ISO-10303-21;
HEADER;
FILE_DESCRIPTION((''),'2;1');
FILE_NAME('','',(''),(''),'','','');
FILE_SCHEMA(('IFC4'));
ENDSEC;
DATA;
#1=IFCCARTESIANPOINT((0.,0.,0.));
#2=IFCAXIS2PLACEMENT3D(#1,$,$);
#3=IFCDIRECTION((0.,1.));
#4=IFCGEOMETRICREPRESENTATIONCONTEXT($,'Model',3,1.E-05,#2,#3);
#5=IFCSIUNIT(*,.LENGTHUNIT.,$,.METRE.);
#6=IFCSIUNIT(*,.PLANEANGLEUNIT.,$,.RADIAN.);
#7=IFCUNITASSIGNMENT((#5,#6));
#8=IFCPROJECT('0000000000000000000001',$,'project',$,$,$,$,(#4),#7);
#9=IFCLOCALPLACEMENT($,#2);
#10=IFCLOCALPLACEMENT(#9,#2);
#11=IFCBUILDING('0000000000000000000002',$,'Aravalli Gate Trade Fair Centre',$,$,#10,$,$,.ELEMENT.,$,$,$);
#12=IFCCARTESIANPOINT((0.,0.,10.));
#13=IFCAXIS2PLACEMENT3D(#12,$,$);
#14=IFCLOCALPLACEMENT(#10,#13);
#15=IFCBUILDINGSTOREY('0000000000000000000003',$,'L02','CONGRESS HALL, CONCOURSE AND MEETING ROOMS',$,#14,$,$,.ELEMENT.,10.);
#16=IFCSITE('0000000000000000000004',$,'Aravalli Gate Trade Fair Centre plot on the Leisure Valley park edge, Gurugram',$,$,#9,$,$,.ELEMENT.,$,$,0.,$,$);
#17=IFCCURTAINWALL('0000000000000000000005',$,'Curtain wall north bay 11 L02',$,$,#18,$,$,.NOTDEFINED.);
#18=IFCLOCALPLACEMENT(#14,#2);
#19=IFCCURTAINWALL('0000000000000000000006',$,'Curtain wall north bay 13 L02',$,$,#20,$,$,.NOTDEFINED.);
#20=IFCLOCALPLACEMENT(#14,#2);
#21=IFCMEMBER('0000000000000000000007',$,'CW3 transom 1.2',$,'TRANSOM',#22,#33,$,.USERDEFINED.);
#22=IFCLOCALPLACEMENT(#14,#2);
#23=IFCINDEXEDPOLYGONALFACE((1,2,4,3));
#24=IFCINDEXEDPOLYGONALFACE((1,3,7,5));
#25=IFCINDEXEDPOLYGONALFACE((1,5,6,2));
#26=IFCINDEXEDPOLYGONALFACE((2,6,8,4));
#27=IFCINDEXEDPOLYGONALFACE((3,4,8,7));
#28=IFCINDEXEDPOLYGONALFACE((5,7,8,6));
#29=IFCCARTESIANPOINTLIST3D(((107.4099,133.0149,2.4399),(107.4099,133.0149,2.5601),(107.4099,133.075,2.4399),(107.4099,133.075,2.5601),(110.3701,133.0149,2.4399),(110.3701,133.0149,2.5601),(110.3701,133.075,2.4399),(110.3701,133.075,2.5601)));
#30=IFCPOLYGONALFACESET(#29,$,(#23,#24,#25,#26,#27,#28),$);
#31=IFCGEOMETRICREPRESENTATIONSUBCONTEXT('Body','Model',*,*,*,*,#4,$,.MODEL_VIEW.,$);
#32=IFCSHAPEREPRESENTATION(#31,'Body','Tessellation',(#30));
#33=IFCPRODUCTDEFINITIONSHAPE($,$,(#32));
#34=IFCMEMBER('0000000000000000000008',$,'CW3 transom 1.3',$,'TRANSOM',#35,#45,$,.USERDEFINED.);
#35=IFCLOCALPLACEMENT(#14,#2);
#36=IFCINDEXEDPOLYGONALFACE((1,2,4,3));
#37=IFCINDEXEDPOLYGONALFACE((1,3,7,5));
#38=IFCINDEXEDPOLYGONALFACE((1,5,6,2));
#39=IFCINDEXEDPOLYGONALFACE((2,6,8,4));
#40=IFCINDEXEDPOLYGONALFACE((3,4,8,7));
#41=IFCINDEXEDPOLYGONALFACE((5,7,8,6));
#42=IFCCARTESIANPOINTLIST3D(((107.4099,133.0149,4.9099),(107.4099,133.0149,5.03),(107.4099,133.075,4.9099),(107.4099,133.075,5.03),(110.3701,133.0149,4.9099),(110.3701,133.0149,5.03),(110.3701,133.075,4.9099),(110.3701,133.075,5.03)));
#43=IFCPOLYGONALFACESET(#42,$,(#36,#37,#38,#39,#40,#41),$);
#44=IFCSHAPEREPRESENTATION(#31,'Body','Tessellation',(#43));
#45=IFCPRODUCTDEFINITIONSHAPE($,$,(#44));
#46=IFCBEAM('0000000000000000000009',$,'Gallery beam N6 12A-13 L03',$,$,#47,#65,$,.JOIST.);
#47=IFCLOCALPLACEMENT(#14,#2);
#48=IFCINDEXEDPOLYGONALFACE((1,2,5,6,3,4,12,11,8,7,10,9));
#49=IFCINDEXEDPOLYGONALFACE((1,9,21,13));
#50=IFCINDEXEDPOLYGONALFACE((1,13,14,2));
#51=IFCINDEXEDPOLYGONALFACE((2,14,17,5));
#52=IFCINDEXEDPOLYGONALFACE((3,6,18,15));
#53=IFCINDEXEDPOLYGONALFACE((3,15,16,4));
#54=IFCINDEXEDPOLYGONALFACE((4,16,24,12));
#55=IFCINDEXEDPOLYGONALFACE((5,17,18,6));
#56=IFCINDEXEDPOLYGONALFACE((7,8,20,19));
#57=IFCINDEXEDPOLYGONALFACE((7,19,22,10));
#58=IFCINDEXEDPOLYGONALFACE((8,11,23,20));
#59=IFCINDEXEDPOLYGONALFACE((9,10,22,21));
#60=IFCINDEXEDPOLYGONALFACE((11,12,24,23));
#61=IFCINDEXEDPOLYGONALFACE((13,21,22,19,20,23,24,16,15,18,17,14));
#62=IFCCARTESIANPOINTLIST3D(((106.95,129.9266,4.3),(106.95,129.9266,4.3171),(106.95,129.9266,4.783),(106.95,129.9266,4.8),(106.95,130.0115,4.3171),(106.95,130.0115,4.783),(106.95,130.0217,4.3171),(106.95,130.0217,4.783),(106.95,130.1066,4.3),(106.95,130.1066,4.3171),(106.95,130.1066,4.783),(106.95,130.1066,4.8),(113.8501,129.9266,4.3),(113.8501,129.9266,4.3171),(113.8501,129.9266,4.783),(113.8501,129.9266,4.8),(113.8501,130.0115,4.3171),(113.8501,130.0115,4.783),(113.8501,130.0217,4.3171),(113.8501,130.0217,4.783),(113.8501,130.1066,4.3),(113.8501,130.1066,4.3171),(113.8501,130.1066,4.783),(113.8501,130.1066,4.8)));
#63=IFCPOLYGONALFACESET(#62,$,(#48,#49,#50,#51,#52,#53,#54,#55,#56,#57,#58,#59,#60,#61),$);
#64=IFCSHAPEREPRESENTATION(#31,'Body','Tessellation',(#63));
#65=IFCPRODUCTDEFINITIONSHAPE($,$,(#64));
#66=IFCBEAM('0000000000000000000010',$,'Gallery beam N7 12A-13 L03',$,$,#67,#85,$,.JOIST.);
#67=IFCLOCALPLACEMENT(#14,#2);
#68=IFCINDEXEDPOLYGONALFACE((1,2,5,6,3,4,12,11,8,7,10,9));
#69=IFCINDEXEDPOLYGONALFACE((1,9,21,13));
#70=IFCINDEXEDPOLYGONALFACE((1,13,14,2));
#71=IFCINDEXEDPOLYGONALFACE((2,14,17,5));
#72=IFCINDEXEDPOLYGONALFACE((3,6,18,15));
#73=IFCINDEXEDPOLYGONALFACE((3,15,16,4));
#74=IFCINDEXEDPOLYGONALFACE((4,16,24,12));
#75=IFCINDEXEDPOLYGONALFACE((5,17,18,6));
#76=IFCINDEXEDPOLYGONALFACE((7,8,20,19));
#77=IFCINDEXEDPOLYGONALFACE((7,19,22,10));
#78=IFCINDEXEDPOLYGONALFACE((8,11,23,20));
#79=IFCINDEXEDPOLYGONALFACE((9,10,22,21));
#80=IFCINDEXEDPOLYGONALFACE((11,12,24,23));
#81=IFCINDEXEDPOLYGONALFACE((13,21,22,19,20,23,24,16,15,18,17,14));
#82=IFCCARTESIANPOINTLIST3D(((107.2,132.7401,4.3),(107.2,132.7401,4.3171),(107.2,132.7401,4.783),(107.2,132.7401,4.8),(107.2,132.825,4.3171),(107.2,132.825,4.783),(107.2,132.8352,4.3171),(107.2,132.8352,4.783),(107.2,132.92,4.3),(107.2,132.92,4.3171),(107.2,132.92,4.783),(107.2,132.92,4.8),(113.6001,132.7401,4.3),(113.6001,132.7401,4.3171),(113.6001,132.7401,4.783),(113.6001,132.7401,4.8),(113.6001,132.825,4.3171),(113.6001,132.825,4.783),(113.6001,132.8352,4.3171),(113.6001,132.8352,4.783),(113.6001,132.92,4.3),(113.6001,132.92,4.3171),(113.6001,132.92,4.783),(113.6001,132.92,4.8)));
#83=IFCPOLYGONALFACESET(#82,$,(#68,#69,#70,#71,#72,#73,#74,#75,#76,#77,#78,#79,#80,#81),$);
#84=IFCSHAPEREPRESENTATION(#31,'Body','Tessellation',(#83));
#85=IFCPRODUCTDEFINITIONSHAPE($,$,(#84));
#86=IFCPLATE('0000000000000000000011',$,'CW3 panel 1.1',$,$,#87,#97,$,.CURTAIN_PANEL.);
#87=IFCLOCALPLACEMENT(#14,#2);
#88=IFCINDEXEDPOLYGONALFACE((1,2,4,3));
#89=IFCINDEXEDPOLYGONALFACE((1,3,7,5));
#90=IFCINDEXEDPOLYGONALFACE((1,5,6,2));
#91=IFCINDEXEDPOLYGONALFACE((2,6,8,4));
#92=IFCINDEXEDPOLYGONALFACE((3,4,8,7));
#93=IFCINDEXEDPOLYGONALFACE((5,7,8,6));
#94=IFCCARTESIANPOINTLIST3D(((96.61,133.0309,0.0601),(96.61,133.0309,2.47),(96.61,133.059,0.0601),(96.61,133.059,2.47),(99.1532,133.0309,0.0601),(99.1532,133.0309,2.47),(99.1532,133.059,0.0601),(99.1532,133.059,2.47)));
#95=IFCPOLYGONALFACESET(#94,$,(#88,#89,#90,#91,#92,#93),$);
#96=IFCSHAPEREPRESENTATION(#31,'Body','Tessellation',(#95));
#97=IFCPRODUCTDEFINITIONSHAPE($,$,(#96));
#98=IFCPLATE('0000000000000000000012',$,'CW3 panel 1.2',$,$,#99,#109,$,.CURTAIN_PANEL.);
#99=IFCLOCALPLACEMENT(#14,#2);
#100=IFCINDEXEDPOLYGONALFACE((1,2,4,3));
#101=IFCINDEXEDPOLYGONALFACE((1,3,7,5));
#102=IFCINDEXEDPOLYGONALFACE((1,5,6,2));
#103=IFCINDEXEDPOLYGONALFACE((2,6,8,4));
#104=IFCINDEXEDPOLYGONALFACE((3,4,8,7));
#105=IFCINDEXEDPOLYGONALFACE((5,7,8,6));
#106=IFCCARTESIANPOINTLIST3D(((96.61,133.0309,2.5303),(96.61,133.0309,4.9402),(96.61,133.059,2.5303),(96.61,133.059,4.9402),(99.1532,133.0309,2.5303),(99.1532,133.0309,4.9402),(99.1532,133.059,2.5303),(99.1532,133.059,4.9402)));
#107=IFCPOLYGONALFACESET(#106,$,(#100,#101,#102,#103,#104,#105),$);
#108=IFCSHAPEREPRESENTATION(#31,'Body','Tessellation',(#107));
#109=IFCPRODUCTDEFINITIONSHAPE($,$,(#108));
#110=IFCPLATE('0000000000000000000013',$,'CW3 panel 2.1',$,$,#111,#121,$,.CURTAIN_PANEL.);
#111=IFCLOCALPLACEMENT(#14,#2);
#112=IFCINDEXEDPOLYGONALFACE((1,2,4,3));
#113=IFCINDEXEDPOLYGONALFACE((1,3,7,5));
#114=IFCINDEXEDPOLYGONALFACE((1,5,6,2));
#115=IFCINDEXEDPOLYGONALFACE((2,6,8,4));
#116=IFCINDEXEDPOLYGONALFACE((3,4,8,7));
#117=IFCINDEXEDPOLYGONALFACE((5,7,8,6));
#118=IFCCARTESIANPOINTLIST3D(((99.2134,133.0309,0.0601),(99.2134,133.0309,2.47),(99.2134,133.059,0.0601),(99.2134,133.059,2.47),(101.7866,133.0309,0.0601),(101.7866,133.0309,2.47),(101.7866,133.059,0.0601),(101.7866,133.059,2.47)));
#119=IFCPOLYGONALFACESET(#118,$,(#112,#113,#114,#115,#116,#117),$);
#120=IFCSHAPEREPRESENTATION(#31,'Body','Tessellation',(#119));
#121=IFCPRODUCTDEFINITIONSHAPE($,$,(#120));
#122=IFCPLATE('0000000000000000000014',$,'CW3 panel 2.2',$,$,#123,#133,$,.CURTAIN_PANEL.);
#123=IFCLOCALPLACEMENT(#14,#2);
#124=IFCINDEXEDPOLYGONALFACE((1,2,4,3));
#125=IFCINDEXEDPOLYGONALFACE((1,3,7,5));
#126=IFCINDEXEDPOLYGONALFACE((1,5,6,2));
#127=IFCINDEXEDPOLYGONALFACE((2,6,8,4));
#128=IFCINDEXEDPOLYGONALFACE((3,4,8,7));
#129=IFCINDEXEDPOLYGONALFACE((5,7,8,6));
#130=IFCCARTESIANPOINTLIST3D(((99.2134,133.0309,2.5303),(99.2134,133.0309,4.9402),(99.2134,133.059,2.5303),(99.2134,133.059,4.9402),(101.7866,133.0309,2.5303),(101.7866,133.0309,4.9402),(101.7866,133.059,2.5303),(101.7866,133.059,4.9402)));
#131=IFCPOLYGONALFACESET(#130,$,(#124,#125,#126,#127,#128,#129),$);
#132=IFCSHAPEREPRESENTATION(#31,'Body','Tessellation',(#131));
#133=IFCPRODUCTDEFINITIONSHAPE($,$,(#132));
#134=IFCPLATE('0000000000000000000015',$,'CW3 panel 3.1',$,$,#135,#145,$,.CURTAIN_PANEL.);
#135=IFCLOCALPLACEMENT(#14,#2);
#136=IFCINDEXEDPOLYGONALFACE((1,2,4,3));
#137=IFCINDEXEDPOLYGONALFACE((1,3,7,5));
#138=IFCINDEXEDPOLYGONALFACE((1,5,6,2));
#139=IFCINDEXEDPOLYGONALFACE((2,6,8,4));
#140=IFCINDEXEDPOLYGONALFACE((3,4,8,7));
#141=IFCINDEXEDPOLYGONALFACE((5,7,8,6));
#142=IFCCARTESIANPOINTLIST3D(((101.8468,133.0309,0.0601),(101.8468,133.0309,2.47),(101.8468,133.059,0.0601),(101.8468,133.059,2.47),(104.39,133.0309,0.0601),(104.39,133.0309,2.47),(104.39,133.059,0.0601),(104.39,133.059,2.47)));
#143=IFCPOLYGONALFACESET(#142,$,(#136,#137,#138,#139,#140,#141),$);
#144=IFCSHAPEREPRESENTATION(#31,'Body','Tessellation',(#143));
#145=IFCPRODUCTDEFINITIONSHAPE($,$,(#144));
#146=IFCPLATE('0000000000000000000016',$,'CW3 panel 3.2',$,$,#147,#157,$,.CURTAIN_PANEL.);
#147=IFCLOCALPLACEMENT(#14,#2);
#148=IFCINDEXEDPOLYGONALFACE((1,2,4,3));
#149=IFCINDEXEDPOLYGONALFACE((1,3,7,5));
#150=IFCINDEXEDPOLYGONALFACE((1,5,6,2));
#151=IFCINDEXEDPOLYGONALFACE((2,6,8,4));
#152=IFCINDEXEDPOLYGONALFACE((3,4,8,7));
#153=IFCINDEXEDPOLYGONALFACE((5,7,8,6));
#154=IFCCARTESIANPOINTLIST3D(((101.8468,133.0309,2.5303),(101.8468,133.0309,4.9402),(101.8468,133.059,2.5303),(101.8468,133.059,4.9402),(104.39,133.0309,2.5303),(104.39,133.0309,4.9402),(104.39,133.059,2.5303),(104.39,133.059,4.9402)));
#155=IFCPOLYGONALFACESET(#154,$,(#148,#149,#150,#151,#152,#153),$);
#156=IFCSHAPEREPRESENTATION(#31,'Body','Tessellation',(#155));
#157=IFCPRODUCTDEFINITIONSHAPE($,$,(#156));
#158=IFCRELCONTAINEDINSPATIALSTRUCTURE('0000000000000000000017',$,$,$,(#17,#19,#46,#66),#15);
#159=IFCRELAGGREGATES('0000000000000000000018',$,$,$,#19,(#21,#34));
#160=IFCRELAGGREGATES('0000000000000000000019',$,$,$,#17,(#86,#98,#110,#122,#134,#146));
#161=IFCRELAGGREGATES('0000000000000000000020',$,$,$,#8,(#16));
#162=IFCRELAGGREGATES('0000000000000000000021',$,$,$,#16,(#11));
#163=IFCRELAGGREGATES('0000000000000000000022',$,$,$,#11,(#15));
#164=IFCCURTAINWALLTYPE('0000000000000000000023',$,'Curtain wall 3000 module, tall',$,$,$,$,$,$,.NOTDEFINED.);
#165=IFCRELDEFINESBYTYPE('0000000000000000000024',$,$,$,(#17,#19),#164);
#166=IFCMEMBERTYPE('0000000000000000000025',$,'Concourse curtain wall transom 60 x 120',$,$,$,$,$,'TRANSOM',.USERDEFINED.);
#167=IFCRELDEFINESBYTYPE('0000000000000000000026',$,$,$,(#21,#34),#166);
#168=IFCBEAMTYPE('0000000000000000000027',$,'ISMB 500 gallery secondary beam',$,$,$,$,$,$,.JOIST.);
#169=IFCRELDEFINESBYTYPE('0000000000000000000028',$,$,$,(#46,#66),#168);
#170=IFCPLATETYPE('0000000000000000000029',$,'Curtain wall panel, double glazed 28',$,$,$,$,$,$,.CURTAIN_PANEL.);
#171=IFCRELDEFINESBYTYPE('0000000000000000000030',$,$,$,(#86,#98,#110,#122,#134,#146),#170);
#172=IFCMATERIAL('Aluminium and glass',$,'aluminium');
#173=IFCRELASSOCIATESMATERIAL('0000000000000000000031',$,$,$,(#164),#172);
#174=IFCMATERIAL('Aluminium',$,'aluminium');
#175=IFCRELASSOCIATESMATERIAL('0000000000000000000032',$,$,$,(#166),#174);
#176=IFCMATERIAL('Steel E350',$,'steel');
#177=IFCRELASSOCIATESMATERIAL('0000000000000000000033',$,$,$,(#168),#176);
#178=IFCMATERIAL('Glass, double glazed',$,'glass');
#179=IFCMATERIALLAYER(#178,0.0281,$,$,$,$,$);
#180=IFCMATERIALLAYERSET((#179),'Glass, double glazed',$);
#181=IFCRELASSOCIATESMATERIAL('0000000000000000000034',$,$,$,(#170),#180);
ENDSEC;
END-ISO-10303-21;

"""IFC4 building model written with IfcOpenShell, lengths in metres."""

from ifc_helpers import new_model, si_unit, direction, frame, origin, origin_2d, place, context, subcontext, project, spatial, rectangle, i_section, extrude, material, layer, layer_set, material_profile, profile_set, type_object, element, aggregate, save


model = new_model("IFC4")

# Units and contexts
model_context = context("Model", 3, precision=1e-05, world=origin(), true_north=direction((0.0, 1.0)))
body_context = subcontext(model_context, "Body", "Model", "MODEL_VIEW")
ifc_project = project(units=[si_unit("LENGTHUNIT", "METRE"), si_unit("PLANEANGLEUNIT", "RADIAN")], contexts=[model_context])

# Site, building, storey
site_placement = place(None, origin())
site = spatial("IfcSite", under=ifc_project, at=site_placement, Name="Aravalli Gate Trade Fair Centre plot on the Leisure Valley park edge, Gurugram", CompositionType="ELEMENT", RefElevation=0.0)
building_placement = place(site_placement, origin())
building = spatial("IfcBuilding", under=site, at=building_placement, Name="Aravalli Gate Trade Fair Centre", CompositionType="ELEMENT")
storey_placement = place(building_placement, frame((0.0, 0.0, 10.0)))
storey = spatial("IfcBuildingStorey", under=building, at=storey_placement, Name="L02", Description="CONGRESS HALL, CONCOURSE AND MEETING ROOMS", CompositionType="ELEMENT", Elevation=10.0)

# Curtain wall
ifc_material_1 = material(Name="Aluminium and glass", Category="aluminium")
curtain_wall_type = type_object("IfcCurtainWallType", Name="Curtain wall 3000 module, tall", PredefinedType="NOTDEFINED", material=ifc_material_1)
curtain_wall_1_placement = place(storey_placement, origin())
curtain_wall_1 = element("IfcCurtainWall", 1, at=curtain_wall_1_placement, inside=storey, type_object=curtain_wall_type, Name="Curtain wall north bay 11 L02", PredefinedType="NOTDEFINED")
ifc_material_2 = material(Name="Aluminium", Category="aluminium")

# Curtain wall
curtain_wall_2_placement = place(storey_placement, origin())
curtain_wall_2 = element("IfcCurtainWall", 2, at=curtain_wall_2_placement, inside=storey, type_object=curtain_wall_type, Name="Curtain wall north bay 13 L02", PredefinedType="NOTDEFINED")

# Members
ifc_material_profile_1 = material_profile(ifc_material_2, rectangle(XDim=0.0601, YDim=0.1201, at=origin_2d()), Name="Concourse curtain wall transom 60 x 120")
ifc_profile_set_1 = profile_set([ifc_material_profile_1], Name="Aluminium")
member_type_1 = type_object("IfcMemberType", Name="Concourse curtain wall transom 60 x 120", ElementType="TRANSOM", PredefinedType="USERDEFINED", material=ifc_profile_set_1)
member_1_placement = place(storey_placement, frame((107.4099, 133.0449, 2.5), z_axis=(1.0, 0.0, 0.0), x_axis=(0.0, 1.0, 0.0)))
member_1 = element("IfcMember", 3, at=member_1_placement, type_object=member_type_1, Name="CW3 transom 1.2", ObjectType="TRANSOM", PredefinedType="USERDEFINED", context=body_context, shape_type="SweptSolid", body=[
    extrude(rectangle(XDim=0.0601, YDim=0.1201, at=origin_2d()), origin(), (0.0, 0.0, 1.0), 2.9602),
])
member_2_placement = place(storey_placement, frame((107.4099, 133.0449, 4.97), z_axis=(1.0, 0.0, 0.0), x_axis=(0.0, 1.0, 0.0)))
member_2 = element("IfcMember", 4, at=member_2_placement, type_object=member_type_1, Name="CW3 transom 1.3", ObjectType="TRANSOM", PredefinedType="USERDEFINED", context=body_context, shape_type="SweptSolid", body=[
    extrude(rectangle(XDim=0.0601, YDim=0.1201, at=origin_2d()), origin(), (0.0, 0.0, 1.0), 2.9602),
])
aggregate(curtain_wall_2, [member_1, member_2])

# Beams
ifc_material_3 = material(Name="Steel E350", Category="steel")
ifc_material_profile_2 = material_profile(ifc_material_3, i_section(OverallWidth=0.1799, OverallDepth=0.5, WebThickness=0.0103, FlangeThickness=0.0171, at=origin_2d()), Name="ISMB 500")
ifc_profile_set_2 = profile_set([ifc_material_profile_2], Name="Steel E350")
beam_type = type_object("IfcBeamType", Name="ISMB 500 gallery secondary beam", PredefinedType="JOIST", material=ifc_profile_set_2)
beam_1_placement = place(storey_placement, frame((106.95, 130.0166, 4.55), z_axis=(1.0, 0.0, 0.0), x_axis=(0.0, 1.0, 0.0)))
element("IfcBeam", 5, at=beam_1_placement, inside=storey, type_object=beam_type, Name="Gallery beam N6 12A-13 L03", PredefinedType="JOIST", context=body_context, shape_type="SweptSolid", body=[
    extrude(i_section(OverallWidth=0.1799, OverallDepth=0.5, WebThickness=0.0103, FlangeThickness=0.0171, at=origin_2d()), origin(), (0.0, 0.0, 1.0), 6.9001),
])
beam_2_placement = place(storey_placement, frame((107.2, 132.8301, 4.55), z_axis=(1.0, 0.0, 0.0), x_axis=(0.0, 1.0, 0.0)))
element("IfcBeam", 6, at=beam_2_placement, inside=storey, type_object=beam_type, Name="Gallery beam N7 12A-13 L03", PredefinedType="JOIST", context=body_context, shape_type="SweptSolid", body=[
    extrude(i_section(OverallWidth=0.1799, OverallDepth=0.5, WebThickness=0.0103, FlangeThickness=0.0171, at=origin_2d()), origin(), (0.0, 0.0, 1.0), 6.4001),
])

# Plates
ifc_material_4 = material(Name="Glass, double glazed", Category="glass")
ifc_layer = layer(ifc_material_4, 0.0281)
ifc_layer_set = layer_set([ifc_layer], Name="Glass, double glazed")
plate_type = type_object("IfcPlateType", Name="Curtain wall panel, double glazed 28", PredefinedType="CURTAIN_PANEL", material=ifc_layer_set)
plate_1_placement = place(storey_placement, frame((97.8816, 133.0449, 0.0601), z_axis=(0.0, 0.0, 1.0), x_axis=(1.0, 0.0, 0.0)))
plate_1 = element("IfcPlate", 7, at=plate_1_placement, type_object=plate_type, Name="CW3 panel 1.1", PredefinedType="CURTAIN_PANEL", context=body_context, shape_type="SweptSolid", body=[
    extrude(rectangle(XDim=2.5432, YDim=0.0281, at=origin_2d()), origin(), (0.0, 0.0, 1.0), 2.4099),
])
plate_2_placement = place(storey_placement, frame((97.8816, 133.0449, 2.5303), z_axis=(0.0, 0.0, 1.0), x_axis=(1.0, 0.0, 0.0)))
plate_2 = element("IfcPlate", 8, at=plate_2_placement, type_object=plate_type, Name="CW3 panel 1.2", PredefinedType="CURTAIN_PANEL", context=body_context, shape_type="SweptSolid", body=[
    extrude(rectangle(XDim=2.5432, YDim=0.0281, at=origin_2d()), origin(), (0.0, 0.0, 1.0), 2.4099),
])
plate_3_placement = place(storey_placement, frame((100.5, 133.0449, 0.0601), z_axis=(0.0, 0.0, 1.0), x_axis=(1.0, 0.0, 0.0)))
plate_3 = element("IfcPlate", 9, at=plate_3_placement, type_object=plate_type, Name="CW3 panel 2.1", PredefinedType="CURTAIN_PANEL", context=body_context, shape_type="SweptSolid", body=[
    extrude(rectangle(XDim=2.5732, YDim=0.0281, at=origin_2d()), origin(), (0.0, 0.0, 1.0), 2.4099),
])
plate_4_placement = place(storey_placement, frame((100.5, 133.0449, 2.5303), z_axis=(0.0, 0.0, 1.0), x_axis=(1.0, 0.0, 0.0)))
plate_4 = element("IfcPlate", 10, at=plate_4_placement, type_object=plate_type, Name="CW3 panel 2.2", PredefinedType="CURTAIN_PANEL", context=body_context, shape_type="SweptSolid", body=[
    extrude(rectangle(XDim=2.5732, YDim=0.0281, at=origin_2d()), origin(), (0.0, 0.0, 1.0), 2.4099),
])
plate_5_placement = place(storey_placement, frame((103.1184, 133.0449, 0.0601), z_axis=(0.0, 0.0, 1.0), x_axis=(1.0, 0.0, 0.0)))
plate_5 = element("IfcPlate", 11, at=plate_5_placement, type_object=plate_type, Name="CW3 panel 3.1", PredefinedType="CURTAIN_PANEL", context=body_context, shape_type="SweptSolid", body=[
    extrude(rectangle(XDim=2.5432, YDim=0.0281, at=origin_2d()), origin(), (0.0, 0.0, 1.0), 2.4099),
])
plate_6_placement = place(storey_placement, frame((103.1184, 133.0449, 2.5303), z_axis=(0.0, 0.0, 1.0), x_axis=(1.0, 0.0, 0.0)))
plate_6 = element("IfcPlate", 12, at=plate_6_placement, type_object=plate_type, Name="CW3 panel 3.2", PredefinedType="CURTAIN_PANEL", context=body_context, shape_type="SweptSolid", body=[
    extrude(rectangle(XDim=2.5432, YDim=0.0281, at=origin_2d()), origin(), (0.0, 0.0, 1.0), 2.4099),
])
aggregate(curtain_wall_1, [plate_1, plate_2, plate_3, plate_4, plate_5, plate_6])

save(model, "model.ifc")
